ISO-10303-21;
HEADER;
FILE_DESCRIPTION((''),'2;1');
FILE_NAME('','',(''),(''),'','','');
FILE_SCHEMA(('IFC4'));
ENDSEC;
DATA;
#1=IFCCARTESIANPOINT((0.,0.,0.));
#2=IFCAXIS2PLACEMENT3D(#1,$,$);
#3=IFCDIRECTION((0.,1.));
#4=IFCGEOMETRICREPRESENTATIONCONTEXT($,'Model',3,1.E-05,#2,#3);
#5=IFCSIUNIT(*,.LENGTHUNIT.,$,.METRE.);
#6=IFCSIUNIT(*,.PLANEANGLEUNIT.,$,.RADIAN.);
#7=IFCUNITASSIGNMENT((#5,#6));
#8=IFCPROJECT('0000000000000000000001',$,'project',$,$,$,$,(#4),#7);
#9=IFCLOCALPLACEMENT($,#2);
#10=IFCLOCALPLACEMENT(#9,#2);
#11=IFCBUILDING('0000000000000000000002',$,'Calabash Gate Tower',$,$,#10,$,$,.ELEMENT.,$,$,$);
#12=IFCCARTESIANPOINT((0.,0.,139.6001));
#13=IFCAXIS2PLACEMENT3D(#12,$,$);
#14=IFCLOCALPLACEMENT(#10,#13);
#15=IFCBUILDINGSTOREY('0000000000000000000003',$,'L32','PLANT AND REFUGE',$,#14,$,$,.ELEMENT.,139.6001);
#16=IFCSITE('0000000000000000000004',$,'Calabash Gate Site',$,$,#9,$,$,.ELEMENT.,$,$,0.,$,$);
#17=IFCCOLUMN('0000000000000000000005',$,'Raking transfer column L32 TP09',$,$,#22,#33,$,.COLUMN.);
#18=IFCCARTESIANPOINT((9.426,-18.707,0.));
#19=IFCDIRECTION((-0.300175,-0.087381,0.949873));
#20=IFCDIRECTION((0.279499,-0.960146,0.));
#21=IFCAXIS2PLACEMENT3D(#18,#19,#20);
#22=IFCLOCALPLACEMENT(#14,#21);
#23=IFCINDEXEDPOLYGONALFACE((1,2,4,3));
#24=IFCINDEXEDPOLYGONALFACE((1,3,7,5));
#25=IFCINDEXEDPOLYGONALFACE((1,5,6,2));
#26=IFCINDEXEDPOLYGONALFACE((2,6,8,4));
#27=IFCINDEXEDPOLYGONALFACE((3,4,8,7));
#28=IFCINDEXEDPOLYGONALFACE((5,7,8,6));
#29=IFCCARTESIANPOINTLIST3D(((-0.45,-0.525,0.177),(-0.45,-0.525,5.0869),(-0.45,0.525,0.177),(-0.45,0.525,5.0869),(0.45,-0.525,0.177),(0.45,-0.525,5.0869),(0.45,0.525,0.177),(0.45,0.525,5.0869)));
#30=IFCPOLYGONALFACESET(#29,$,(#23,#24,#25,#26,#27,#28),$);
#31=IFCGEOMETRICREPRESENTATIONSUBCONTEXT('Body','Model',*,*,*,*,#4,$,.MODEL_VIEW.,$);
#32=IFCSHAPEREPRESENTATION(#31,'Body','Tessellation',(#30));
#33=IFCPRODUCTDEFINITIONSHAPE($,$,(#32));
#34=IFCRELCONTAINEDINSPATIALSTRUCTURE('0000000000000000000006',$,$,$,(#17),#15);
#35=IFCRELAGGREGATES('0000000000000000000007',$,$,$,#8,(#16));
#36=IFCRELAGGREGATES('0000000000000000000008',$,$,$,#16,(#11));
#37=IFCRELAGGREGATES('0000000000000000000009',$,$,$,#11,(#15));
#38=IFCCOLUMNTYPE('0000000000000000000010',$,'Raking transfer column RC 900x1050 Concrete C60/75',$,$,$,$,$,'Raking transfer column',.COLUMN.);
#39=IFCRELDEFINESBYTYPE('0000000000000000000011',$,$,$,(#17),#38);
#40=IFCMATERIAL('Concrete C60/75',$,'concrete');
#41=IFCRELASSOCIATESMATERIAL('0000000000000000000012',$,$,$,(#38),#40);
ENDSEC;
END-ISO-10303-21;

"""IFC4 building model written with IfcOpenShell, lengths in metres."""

from ifc_helpers import new_model, si_unit, direction, frame, origin, origin_2d, place, context, subcontext, project, spatial, rectangle, extrude, clip, halfspace, material, material_profile, profile_set, type_object, element, save


model = new_model("IFC4")

# Units and contexts
model_context = context("Model", 3, precision=1e-05, world=origin(), true_north=direction((0.0, 1.0)))
body_context = subcontext(model_context, "Body", "Model", "MODEL_VIEW")
ifc_project = project(units=[si_unit("LENGTHUNIT", "METRE"), si_unit("PLANEANGLEUNIT", "RADIAN")], contexts=[model_context])

# Site, building, storey
site_placement = place(None, origin())
site = spatial("IfcSite", under=ifc_project, at=site_placement, Name="Calabash Gate Site", CompositionType="ELEMENT", RefElevation=0.0)
building_placement = place(site_placement, origin())
building = spatial("IfcBuilding", under=site, at=building_placement, Name="Calabash Gate Tower", CompositionType="ELEMENT")
storey_placement = place(building_placement, frame((0.0, 0.0, 139.6001)))
storey = spatial("IfcBuildingStorey", under=building, at=storey_placement, Name="L32", Description="PLANT AND REFUGE", CompositionType="ELEMENT", Elevation=139.6001)

# Column
ifc_material_1 = material(Name="Concrete C60/75", Category="concrete")
ifc_material_profile_1 = material_profile(ifc_material_1, rectangle(XDim=0.8999, YDim=1.05, at=origin_2d()))
ifc_profile_set_1 = profile_set([ifc_material_profile_1], Name="Concrete C60/75")
column_type = type_object("IfcColumnType", Name="Raking transfer column RC 900x1050 Concrete C60/75", ElementType="Raking transfer column", PredefinedType="COLUMN", material=ifc_profile_set_1)
column_placement = place(storey_placement, frame((9.426, -18.707, 0.0), z_axis=(-0.300175, -0.087381, 0.949873), x_axis=(0.279499, -0.960146, 0.0)))
element("IfcColumn", 1, at=column_placement, inside=storey, type_object=column_type, Name="Raking transfer column L32 TP09", PredefinedType="COLUMN", context=body_context, shape_type="Clipping", body=[
    clip(clip(extrude(rectangle(XDim=0.8999, YDim=1.05, at=origin_2d()), origin(), (0.0, 0.0, 1.0), 5.2639), halfspace(frame((0.0, 0.0, 0.177), z_axis=(0.0, 0.0, 1.0), x_axis=(1.0, 0.0, 0.0)), True)), halfspace(frame((0.0, 0.0, 5.0869), z_axis=(0.0, 0.0, 1.0), x_axis=(1.0, 0.0, 0.0)), False)),
])

save(model, "model.ifc")
